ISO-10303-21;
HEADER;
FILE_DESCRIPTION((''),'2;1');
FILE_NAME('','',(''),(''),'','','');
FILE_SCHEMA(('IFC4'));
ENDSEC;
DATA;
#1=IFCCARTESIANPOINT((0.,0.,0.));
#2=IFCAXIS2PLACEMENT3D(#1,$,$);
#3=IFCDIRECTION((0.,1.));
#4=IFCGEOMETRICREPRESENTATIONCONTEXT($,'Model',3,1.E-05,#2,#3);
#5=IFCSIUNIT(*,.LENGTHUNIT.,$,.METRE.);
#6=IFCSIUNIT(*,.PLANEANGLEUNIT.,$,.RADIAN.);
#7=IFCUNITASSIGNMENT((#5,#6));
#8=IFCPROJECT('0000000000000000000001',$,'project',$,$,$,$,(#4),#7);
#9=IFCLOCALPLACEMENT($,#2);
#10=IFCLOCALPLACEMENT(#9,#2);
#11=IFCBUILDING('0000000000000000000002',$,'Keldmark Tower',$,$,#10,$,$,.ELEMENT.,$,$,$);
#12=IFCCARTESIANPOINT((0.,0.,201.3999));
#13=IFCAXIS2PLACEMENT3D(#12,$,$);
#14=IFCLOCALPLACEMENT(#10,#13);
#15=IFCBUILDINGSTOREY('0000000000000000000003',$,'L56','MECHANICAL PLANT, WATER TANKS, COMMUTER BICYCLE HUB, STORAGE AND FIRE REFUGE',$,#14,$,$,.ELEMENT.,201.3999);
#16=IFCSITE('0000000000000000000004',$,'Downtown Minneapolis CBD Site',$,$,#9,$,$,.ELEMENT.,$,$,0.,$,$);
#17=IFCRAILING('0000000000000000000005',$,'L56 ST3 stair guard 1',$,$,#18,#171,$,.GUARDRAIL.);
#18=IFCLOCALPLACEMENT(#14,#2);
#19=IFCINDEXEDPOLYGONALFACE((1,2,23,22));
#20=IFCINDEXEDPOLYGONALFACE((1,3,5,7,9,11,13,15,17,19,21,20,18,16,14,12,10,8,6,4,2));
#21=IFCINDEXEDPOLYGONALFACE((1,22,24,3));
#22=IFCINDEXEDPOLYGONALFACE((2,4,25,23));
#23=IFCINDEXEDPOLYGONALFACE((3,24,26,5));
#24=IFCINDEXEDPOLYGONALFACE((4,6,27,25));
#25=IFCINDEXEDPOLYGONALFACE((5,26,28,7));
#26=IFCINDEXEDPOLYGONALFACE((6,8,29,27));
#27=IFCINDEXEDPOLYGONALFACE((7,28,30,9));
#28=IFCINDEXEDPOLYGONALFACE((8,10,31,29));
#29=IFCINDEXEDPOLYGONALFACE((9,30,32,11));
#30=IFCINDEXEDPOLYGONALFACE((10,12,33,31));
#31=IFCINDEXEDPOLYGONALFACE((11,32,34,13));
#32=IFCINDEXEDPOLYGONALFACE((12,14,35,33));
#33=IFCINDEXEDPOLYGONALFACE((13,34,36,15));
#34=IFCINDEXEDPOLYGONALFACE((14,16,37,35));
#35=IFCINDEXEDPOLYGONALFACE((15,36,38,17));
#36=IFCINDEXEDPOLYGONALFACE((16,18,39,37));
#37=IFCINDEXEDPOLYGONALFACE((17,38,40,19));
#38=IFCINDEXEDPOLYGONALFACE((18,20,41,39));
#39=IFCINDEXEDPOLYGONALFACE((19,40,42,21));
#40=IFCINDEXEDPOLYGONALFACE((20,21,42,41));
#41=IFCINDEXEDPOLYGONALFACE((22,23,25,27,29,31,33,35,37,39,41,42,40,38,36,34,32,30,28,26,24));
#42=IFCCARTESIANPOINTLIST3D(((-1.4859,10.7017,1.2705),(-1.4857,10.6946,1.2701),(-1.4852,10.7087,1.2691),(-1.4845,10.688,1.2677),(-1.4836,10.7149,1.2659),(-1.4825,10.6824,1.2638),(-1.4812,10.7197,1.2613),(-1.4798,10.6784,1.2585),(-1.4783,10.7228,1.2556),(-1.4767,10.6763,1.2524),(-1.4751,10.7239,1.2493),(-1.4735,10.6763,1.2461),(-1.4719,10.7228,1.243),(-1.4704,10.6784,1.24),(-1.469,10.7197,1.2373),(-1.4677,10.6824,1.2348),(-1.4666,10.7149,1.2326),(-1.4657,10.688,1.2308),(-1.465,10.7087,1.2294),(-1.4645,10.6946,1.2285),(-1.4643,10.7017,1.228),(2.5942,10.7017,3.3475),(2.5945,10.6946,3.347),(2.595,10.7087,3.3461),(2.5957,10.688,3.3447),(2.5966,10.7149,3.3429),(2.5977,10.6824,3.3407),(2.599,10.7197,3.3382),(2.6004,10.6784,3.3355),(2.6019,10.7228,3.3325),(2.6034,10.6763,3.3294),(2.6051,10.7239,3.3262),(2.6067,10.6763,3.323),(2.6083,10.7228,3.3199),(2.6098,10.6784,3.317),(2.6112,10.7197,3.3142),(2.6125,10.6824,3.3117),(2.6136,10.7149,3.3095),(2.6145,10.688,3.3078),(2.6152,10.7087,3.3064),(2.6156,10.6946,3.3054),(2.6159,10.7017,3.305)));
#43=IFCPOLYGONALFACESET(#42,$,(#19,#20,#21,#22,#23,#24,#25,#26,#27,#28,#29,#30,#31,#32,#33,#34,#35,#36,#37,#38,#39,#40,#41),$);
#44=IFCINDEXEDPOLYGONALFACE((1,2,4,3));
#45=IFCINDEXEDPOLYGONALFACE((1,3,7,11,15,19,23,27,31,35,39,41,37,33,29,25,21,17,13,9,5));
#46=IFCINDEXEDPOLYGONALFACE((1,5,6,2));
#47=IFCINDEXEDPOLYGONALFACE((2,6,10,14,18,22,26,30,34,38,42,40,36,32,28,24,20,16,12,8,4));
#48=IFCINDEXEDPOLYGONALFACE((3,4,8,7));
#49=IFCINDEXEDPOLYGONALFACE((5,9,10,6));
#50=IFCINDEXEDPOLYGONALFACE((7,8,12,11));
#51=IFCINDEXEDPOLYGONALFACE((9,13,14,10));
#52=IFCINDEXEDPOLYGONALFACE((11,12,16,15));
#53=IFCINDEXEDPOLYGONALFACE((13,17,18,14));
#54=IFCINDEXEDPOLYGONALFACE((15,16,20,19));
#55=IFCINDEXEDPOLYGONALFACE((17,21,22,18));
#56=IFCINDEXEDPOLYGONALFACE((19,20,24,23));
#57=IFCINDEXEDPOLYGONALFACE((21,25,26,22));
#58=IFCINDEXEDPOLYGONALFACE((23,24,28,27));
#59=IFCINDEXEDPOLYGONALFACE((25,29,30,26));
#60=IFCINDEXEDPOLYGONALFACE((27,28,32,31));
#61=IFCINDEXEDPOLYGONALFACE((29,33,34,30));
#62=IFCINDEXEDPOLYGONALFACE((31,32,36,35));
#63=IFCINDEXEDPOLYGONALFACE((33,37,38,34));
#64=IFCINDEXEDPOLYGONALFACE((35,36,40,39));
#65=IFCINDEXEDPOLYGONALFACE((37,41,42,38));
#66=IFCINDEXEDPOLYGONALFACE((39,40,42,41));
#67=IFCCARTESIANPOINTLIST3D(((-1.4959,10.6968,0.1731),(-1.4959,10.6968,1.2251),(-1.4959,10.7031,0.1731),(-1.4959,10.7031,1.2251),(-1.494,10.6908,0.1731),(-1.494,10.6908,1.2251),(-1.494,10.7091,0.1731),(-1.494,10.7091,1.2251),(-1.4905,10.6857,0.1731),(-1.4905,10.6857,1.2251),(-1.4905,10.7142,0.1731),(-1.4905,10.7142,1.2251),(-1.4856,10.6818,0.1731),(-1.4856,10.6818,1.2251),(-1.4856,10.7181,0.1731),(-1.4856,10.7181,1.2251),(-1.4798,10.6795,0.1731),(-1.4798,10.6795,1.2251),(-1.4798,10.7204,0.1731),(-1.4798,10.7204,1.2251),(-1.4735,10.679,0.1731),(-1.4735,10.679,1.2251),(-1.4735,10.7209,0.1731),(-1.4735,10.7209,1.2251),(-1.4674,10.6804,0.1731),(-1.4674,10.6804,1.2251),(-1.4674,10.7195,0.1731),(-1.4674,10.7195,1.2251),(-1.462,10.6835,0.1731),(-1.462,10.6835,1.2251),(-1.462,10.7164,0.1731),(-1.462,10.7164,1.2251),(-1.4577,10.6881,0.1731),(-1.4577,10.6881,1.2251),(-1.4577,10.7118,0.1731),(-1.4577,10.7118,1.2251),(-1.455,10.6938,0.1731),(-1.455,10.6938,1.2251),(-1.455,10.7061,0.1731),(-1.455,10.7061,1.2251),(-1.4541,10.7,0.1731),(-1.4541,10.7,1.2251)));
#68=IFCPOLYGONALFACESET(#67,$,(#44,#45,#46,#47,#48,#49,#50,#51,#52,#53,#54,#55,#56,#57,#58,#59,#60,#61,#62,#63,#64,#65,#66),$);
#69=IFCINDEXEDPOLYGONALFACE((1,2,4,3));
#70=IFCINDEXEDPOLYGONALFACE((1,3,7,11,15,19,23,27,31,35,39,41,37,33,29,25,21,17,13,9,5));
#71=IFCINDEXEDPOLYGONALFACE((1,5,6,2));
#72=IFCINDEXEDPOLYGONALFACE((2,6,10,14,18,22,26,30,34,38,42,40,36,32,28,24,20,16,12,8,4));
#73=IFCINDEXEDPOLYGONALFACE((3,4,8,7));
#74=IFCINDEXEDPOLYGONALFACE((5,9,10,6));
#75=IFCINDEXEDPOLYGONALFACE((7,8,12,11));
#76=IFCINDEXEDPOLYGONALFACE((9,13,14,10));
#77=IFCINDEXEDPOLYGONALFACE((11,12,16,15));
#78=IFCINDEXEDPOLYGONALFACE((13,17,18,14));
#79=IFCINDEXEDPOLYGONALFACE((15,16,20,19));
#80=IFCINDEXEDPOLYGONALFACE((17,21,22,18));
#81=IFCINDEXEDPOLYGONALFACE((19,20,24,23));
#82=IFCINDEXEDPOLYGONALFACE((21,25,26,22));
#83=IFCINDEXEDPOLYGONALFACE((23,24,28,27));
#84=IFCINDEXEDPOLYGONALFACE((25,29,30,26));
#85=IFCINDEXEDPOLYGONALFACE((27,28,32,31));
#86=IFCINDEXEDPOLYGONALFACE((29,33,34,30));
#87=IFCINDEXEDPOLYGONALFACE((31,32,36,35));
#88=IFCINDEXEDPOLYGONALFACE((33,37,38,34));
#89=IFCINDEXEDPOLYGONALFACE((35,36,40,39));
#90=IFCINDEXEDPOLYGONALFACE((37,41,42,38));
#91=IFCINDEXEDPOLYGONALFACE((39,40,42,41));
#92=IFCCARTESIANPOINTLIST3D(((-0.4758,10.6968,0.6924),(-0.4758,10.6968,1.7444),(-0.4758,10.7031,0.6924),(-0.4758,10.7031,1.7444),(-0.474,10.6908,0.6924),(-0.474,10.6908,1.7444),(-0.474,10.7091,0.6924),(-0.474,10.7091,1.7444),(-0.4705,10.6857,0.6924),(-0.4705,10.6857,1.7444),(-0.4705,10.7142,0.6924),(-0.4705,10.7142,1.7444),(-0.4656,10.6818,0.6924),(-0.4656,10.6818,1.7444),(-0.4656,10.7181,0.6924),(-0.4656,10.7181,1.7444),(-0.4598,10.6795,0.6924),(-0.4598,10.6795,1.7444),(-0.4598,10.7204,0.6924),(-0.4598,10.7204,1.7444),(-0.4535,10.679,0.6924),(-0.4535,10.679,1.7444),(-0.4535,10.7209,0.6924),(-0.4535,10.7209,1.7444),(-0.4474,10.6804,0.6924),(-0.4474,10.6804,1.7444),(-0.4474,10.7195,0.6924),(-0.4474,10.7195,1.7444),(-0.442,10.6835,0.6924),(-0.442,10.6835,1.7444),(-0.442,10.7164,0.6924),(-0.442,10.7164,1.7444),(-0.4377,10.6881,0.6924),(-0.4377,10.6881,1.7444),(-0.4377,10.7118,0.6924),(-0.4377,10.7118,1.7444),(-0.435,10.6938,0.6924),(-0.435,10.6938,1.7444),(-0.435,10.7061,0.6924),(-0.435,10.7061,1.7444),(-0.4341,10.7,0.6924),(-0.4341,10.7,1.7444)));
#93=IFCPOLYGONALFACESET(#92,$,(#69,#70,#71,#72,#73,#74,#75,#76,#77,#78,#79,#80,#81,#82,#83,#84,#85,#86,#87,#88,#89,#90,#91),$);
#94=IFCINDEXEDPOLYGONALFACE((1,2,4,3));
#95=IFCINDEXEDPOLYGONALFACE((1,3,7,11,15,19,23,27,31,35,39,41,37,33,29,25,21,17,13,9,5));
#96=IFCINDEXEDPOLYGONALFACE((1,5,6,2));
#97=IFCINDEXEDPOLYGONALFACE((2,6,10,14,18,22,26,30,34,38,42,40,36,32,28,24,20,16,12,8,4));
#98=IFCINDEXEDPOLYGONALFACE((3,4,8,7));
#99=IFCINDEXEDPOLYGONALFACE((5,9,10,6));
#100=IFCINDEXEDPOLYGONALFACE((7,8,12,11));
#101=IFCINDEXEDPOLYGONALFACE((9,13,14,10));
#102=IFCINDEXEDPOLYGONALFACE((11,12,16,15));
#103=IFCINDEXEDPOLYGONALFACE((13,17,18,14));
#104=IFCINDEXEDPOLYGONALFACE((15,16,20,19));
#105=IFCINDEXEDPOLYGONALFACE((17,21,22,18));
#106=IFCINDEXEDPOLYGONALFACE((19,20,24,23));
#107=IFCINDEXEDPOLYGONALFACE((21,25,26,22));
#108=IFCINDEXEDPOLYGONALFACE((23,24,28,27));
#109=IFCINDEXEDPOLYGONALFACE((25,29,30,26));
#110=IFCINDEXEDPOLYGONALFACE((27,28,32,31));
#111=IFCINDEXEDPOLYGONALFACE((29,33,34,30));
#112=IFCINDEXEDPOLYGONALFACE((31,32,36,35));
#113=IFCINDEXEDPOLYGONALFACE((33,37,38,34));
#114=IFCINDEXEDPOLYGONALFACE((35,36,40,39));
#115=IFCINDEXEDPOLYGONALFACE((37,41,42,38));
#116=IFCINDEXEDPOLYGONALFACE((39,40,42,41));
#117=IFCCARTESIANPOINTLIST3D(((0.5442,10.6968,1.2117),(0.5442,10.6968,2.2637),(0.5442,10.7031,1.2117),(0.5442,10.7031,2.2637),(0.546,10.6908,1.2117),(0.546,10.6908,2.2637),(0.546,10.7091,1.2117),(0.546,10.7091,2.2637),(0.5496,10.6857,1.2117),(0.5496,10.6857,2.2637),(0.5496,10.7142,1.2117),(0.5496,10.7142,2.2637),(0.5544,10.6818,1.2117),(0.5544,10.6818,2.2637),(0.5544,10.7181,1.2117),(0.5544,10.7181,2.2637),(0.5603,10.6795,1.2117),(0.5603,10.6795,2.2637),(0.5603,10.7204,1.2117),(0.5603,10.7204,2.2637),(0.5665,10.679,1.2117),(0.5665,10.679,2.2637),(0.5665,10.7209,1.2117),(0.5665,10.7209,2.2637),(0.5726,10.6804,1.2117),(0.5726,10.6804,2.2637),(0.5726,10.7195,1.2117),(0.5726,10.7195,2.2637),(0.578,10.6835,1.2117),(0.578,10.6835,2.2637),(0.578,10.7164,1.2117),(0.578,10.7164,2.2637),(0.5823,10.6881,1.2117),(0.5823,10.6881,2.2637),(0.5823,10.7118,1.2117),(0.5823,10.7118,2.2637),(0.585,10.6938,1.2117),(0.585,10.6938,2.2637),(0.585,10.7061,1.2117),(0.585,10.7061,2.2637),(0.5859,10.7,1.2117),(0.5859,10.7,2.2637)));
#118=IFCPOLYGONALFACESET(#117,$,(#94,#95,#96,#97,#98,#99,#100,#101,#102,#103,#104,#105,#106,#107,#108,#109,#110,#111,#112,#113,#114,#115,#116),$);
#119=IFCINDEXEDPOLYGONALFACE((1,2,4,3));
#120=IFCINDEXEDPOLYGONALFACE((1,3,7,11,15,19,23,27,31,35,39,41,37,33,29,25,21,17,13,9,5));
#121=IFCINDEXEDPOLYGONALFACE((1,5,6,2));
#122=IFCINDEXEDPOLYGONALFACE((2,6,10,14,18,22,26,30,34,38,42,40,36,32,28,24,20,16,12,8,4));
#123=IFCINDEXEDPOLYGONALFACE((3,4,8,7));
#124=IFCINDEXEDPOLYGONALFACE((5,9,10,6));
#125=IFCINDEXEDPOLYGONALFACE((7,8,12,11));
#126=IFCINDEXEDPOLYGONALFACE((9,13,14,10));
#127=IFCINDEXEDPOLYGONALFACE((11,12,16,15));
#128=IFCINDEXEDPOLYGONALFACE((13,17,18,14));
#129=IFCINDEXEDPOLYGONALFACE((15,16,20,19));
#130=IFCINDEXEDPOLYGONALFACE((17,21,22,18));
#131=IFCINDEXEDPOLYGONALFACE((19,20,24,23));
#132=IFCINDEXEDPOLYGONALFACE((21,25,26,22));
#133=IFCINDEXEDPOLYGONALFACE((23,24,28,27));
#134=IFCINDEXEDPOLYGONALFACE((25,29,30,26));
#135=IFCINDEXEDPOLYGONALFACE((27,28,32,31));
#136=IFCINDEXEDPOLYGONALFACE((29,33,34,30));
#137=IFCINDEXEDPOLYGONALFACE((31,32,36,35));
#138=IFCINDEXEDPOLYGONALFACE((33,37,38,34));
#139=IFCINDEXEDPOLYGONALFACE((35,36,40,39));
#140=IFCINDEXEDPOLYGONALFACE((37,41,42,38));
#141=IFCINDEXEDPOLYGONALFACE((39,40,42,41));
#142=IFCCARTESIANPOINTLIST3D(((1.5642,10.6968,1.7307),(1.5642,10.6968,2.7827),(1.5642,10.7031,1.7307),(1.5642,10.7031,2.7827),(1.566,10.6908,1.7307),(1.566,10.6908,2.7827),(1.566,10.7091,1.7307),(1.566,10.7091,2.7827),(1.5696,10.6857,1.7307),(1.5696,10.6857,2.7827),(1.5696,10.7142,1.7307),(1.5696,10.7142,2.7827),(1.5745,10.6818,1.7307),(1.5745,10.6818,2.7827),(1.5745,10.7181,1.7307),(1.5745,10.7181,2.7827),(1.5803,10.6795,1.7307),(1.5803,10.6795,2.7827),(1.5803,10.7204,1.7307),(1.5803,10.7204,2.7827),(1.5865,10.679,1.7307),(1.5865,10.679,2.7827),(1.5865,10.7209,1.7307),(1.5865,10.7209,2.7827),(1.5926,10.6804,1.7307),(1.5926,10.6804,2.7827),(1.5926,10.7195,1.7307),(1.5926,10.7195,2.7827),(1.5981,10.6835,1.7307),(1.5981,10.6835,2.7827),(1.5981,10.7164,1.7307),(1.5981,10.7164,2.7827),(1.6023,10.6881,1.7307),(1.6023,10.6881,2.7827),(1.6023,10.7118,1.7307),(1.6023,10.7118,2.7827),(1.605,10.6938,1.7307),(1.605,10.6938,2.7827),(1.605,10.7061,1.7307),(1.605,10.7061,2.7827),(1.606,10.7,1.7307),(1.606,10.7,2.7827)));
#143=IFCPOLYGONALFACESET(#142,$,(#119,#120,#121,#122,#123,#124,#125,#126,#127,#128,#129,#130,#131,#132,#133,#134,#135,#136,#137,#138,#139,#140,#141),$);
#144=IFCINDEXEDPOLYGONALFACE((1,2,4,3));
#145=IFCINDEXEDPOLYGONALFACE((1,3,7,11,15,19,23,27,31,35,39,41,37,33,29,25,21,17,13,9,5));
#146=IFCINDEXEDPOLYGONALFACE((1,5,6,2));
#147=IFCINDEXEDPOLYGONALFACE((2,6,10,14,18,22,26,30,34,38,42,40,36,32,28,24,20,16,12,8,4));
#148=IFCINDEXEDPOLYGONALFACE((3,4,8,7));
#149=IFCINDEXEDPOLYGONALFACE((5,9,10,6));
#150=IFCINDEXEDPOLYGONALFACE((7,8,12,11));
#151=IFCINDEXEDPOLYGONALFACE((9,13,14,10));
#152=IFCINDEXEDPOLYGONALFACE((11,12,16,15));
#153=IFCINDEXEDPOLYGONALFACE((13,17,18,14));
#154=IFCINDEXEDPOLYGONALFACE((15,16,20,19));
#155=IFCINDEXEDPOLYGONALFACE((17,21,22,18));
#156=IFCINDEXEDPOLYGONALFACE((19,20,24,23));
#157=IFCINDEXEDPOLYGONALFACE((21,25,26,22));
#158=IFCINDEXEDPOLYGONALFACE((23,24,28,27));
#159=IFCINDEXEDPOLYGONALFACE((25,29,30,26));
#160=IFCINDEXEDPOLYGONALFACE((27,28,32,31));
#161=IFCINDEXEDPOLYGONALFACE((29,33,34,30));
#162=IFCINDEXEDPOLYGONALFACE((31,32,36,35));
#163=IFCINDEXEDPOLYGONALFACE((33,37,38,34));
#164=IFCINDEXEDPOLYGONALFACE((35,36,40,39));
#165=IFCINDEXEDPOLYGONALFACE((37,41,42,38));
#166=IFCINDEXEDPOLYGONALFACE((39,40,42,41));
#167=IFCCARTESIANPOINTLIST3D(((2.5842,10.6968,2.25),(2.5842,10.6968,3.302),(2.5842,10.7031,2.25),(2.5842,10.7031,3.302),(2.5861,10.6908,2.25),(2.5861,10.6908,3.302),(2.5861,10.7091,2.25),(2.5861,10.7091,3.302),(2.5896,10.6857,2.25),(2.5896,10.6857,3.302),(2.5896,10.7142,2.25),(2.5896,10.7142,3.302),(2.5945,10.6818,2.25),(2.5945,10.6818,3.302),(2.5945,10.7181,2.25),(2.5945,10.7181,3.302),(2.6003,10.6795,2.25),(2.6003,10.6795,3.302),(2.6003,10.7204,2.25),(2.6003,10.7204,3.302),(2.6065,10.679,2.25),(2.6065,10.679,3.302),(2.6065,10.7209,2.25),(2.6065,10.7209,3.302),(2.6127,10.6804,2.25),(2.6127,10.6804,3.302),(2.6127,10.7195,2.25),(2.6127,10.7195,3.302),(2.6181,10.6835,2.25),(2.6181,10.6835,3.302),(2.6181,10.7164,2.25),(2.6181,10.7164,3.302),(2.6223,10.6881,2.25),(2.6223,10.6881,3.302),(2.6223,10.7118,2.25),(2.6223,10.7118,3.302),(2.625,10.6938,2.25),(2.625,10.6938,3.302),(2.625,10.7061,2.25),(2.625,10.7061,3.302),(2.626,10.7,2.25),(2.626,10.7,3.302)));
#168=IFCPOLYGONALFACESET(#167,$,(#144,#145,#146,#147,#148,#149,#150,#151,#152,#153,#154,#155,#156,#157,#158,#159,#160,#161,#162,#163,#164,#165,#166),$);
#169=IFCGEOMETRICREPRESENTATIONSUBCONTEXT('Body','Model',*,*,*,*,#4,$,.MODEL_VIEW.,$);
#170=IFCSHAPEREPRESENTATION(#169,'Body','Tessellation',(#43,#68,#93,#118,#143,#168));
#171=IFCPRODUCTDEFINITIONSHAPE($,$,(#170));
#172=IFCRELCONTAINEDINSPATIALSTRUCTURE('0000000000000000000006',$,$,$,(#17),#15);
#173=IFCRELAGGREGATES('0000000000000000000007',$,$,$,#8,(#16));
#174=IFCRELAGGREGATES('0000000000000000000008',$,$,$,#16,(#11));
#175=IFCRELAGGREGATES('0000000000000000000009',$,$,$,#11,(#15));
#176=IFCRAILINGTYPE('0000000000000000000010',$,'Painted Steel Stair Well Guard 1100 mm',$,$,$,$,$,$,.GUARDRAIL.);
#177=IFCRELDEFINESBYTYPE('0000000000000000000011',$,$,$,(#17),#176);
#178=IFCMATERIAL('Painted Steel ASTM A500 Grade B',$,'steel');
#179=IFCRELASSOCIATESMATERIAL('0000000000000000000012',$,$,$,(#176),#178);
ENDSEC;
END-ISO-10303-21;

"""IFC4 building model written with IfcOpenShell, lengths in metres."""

from ifc_helpers import new_model, si_unit, direction, frame, origin, origin_2d, place, context, subcontext, project, spatial, circle, extrude, material, type_object, element, save


model = new_model("IFC4")

# Units and contexts
model_context = context("Model", 3, precision=1e-05, world=origin(), true_north=direction((0.0, 1.0)))
body_context = subcontext(model_context, "Body", "Model", "MODEL_VIEW")
ifc_project = project(units=[si_unit("LENGTHUNIT", "METRE"), si_unit("PLANEANGLEUNIT", "RADIAN")], contexts=[model_context])

# Site, building, storey
site_placement = place(None, origin())
site = spatial("IfcSite", under=ifc_project, at=site_placement, Name="Downtown Minneapolis CBD Site", CompositionType="ELEMENT", RefElevation=0.0)
building_placement = place(site_placement, origin())
building = spatial("IfcBuilding", under=site, at=building_placement, Name="Keldmark Tower", CompositionType="ELEMENT")
storey_placement = place(building_placement, frame((0.0, 0.0, 201.3999)))
storey = spatial("IfcBuildingStorey", under=building, at=storey_placement, Name="L56", Description="MECHANICAL PLANT, WATER TANKS, COMMUTER BICYCLE HUB, STORAGE AND FIRE REFUGE", CompositionType="ELEMENT", Elevation=201.3999)

# Railing
ifc_material_1 = material(Name="Painted Steel ASTM A500 Grade B", Category="steel")
railing_type = type_object("IfcRailingType", Name="Painted Steel Stair Well Guard 1100 mm", PredefinedType="GUARDRAIL", material=ifc_material_1)
railing_1_placement = place(storey_placement, frame((-1.4751, 10.7, 0.1731)))
element("IfcRailing", 1, at=railing_1_placement, inside=storey, type_object=railing_type, Name="L56 ST3 stair guard 1", PredefinedType="GUARDRAIL", context=body_context, shape_type="SweptSolid", body=[
    extrude(circle(Radius=0.0239, at=origin_2d()), frame((0.0, 0.0, 1.0762), z_axis=(0.891183, 0.0, 0.453644), x_axis=(0.0, 1.0, 0.0)), (0.0, 0.0, 1.0), 4.5784),
    extrude(circle(Radius=0.021, at=origin_2d()), origin(), (0.0, 0.0, 1.0), 1.052),
    extrude(circle(Radius=0.021, at=origin_2d()), frame((1.02, 0.0, 0.5193)), (0.0, 0.0, 1.0), 1.052),
    extrude(circle(Radius=0.021, at=origin_2d()), frame((2.04, 0.0, 1.0386)), (0.0, 0.0, 1.0), 1.052),
    extrude(circle(Radius=0.021, at=origin_2d()), frame((3.0601, 0.0, 1.5576)), (0.0, 0.0, 1.0), 1.052),
    extrude(circle(Radius=0.021, at=origin_2d()), frame((4.0801, 0.0, 2.0769)), (0.0, 0.0, 1.0), 1.052),
])

save(model, "model.ifc")
